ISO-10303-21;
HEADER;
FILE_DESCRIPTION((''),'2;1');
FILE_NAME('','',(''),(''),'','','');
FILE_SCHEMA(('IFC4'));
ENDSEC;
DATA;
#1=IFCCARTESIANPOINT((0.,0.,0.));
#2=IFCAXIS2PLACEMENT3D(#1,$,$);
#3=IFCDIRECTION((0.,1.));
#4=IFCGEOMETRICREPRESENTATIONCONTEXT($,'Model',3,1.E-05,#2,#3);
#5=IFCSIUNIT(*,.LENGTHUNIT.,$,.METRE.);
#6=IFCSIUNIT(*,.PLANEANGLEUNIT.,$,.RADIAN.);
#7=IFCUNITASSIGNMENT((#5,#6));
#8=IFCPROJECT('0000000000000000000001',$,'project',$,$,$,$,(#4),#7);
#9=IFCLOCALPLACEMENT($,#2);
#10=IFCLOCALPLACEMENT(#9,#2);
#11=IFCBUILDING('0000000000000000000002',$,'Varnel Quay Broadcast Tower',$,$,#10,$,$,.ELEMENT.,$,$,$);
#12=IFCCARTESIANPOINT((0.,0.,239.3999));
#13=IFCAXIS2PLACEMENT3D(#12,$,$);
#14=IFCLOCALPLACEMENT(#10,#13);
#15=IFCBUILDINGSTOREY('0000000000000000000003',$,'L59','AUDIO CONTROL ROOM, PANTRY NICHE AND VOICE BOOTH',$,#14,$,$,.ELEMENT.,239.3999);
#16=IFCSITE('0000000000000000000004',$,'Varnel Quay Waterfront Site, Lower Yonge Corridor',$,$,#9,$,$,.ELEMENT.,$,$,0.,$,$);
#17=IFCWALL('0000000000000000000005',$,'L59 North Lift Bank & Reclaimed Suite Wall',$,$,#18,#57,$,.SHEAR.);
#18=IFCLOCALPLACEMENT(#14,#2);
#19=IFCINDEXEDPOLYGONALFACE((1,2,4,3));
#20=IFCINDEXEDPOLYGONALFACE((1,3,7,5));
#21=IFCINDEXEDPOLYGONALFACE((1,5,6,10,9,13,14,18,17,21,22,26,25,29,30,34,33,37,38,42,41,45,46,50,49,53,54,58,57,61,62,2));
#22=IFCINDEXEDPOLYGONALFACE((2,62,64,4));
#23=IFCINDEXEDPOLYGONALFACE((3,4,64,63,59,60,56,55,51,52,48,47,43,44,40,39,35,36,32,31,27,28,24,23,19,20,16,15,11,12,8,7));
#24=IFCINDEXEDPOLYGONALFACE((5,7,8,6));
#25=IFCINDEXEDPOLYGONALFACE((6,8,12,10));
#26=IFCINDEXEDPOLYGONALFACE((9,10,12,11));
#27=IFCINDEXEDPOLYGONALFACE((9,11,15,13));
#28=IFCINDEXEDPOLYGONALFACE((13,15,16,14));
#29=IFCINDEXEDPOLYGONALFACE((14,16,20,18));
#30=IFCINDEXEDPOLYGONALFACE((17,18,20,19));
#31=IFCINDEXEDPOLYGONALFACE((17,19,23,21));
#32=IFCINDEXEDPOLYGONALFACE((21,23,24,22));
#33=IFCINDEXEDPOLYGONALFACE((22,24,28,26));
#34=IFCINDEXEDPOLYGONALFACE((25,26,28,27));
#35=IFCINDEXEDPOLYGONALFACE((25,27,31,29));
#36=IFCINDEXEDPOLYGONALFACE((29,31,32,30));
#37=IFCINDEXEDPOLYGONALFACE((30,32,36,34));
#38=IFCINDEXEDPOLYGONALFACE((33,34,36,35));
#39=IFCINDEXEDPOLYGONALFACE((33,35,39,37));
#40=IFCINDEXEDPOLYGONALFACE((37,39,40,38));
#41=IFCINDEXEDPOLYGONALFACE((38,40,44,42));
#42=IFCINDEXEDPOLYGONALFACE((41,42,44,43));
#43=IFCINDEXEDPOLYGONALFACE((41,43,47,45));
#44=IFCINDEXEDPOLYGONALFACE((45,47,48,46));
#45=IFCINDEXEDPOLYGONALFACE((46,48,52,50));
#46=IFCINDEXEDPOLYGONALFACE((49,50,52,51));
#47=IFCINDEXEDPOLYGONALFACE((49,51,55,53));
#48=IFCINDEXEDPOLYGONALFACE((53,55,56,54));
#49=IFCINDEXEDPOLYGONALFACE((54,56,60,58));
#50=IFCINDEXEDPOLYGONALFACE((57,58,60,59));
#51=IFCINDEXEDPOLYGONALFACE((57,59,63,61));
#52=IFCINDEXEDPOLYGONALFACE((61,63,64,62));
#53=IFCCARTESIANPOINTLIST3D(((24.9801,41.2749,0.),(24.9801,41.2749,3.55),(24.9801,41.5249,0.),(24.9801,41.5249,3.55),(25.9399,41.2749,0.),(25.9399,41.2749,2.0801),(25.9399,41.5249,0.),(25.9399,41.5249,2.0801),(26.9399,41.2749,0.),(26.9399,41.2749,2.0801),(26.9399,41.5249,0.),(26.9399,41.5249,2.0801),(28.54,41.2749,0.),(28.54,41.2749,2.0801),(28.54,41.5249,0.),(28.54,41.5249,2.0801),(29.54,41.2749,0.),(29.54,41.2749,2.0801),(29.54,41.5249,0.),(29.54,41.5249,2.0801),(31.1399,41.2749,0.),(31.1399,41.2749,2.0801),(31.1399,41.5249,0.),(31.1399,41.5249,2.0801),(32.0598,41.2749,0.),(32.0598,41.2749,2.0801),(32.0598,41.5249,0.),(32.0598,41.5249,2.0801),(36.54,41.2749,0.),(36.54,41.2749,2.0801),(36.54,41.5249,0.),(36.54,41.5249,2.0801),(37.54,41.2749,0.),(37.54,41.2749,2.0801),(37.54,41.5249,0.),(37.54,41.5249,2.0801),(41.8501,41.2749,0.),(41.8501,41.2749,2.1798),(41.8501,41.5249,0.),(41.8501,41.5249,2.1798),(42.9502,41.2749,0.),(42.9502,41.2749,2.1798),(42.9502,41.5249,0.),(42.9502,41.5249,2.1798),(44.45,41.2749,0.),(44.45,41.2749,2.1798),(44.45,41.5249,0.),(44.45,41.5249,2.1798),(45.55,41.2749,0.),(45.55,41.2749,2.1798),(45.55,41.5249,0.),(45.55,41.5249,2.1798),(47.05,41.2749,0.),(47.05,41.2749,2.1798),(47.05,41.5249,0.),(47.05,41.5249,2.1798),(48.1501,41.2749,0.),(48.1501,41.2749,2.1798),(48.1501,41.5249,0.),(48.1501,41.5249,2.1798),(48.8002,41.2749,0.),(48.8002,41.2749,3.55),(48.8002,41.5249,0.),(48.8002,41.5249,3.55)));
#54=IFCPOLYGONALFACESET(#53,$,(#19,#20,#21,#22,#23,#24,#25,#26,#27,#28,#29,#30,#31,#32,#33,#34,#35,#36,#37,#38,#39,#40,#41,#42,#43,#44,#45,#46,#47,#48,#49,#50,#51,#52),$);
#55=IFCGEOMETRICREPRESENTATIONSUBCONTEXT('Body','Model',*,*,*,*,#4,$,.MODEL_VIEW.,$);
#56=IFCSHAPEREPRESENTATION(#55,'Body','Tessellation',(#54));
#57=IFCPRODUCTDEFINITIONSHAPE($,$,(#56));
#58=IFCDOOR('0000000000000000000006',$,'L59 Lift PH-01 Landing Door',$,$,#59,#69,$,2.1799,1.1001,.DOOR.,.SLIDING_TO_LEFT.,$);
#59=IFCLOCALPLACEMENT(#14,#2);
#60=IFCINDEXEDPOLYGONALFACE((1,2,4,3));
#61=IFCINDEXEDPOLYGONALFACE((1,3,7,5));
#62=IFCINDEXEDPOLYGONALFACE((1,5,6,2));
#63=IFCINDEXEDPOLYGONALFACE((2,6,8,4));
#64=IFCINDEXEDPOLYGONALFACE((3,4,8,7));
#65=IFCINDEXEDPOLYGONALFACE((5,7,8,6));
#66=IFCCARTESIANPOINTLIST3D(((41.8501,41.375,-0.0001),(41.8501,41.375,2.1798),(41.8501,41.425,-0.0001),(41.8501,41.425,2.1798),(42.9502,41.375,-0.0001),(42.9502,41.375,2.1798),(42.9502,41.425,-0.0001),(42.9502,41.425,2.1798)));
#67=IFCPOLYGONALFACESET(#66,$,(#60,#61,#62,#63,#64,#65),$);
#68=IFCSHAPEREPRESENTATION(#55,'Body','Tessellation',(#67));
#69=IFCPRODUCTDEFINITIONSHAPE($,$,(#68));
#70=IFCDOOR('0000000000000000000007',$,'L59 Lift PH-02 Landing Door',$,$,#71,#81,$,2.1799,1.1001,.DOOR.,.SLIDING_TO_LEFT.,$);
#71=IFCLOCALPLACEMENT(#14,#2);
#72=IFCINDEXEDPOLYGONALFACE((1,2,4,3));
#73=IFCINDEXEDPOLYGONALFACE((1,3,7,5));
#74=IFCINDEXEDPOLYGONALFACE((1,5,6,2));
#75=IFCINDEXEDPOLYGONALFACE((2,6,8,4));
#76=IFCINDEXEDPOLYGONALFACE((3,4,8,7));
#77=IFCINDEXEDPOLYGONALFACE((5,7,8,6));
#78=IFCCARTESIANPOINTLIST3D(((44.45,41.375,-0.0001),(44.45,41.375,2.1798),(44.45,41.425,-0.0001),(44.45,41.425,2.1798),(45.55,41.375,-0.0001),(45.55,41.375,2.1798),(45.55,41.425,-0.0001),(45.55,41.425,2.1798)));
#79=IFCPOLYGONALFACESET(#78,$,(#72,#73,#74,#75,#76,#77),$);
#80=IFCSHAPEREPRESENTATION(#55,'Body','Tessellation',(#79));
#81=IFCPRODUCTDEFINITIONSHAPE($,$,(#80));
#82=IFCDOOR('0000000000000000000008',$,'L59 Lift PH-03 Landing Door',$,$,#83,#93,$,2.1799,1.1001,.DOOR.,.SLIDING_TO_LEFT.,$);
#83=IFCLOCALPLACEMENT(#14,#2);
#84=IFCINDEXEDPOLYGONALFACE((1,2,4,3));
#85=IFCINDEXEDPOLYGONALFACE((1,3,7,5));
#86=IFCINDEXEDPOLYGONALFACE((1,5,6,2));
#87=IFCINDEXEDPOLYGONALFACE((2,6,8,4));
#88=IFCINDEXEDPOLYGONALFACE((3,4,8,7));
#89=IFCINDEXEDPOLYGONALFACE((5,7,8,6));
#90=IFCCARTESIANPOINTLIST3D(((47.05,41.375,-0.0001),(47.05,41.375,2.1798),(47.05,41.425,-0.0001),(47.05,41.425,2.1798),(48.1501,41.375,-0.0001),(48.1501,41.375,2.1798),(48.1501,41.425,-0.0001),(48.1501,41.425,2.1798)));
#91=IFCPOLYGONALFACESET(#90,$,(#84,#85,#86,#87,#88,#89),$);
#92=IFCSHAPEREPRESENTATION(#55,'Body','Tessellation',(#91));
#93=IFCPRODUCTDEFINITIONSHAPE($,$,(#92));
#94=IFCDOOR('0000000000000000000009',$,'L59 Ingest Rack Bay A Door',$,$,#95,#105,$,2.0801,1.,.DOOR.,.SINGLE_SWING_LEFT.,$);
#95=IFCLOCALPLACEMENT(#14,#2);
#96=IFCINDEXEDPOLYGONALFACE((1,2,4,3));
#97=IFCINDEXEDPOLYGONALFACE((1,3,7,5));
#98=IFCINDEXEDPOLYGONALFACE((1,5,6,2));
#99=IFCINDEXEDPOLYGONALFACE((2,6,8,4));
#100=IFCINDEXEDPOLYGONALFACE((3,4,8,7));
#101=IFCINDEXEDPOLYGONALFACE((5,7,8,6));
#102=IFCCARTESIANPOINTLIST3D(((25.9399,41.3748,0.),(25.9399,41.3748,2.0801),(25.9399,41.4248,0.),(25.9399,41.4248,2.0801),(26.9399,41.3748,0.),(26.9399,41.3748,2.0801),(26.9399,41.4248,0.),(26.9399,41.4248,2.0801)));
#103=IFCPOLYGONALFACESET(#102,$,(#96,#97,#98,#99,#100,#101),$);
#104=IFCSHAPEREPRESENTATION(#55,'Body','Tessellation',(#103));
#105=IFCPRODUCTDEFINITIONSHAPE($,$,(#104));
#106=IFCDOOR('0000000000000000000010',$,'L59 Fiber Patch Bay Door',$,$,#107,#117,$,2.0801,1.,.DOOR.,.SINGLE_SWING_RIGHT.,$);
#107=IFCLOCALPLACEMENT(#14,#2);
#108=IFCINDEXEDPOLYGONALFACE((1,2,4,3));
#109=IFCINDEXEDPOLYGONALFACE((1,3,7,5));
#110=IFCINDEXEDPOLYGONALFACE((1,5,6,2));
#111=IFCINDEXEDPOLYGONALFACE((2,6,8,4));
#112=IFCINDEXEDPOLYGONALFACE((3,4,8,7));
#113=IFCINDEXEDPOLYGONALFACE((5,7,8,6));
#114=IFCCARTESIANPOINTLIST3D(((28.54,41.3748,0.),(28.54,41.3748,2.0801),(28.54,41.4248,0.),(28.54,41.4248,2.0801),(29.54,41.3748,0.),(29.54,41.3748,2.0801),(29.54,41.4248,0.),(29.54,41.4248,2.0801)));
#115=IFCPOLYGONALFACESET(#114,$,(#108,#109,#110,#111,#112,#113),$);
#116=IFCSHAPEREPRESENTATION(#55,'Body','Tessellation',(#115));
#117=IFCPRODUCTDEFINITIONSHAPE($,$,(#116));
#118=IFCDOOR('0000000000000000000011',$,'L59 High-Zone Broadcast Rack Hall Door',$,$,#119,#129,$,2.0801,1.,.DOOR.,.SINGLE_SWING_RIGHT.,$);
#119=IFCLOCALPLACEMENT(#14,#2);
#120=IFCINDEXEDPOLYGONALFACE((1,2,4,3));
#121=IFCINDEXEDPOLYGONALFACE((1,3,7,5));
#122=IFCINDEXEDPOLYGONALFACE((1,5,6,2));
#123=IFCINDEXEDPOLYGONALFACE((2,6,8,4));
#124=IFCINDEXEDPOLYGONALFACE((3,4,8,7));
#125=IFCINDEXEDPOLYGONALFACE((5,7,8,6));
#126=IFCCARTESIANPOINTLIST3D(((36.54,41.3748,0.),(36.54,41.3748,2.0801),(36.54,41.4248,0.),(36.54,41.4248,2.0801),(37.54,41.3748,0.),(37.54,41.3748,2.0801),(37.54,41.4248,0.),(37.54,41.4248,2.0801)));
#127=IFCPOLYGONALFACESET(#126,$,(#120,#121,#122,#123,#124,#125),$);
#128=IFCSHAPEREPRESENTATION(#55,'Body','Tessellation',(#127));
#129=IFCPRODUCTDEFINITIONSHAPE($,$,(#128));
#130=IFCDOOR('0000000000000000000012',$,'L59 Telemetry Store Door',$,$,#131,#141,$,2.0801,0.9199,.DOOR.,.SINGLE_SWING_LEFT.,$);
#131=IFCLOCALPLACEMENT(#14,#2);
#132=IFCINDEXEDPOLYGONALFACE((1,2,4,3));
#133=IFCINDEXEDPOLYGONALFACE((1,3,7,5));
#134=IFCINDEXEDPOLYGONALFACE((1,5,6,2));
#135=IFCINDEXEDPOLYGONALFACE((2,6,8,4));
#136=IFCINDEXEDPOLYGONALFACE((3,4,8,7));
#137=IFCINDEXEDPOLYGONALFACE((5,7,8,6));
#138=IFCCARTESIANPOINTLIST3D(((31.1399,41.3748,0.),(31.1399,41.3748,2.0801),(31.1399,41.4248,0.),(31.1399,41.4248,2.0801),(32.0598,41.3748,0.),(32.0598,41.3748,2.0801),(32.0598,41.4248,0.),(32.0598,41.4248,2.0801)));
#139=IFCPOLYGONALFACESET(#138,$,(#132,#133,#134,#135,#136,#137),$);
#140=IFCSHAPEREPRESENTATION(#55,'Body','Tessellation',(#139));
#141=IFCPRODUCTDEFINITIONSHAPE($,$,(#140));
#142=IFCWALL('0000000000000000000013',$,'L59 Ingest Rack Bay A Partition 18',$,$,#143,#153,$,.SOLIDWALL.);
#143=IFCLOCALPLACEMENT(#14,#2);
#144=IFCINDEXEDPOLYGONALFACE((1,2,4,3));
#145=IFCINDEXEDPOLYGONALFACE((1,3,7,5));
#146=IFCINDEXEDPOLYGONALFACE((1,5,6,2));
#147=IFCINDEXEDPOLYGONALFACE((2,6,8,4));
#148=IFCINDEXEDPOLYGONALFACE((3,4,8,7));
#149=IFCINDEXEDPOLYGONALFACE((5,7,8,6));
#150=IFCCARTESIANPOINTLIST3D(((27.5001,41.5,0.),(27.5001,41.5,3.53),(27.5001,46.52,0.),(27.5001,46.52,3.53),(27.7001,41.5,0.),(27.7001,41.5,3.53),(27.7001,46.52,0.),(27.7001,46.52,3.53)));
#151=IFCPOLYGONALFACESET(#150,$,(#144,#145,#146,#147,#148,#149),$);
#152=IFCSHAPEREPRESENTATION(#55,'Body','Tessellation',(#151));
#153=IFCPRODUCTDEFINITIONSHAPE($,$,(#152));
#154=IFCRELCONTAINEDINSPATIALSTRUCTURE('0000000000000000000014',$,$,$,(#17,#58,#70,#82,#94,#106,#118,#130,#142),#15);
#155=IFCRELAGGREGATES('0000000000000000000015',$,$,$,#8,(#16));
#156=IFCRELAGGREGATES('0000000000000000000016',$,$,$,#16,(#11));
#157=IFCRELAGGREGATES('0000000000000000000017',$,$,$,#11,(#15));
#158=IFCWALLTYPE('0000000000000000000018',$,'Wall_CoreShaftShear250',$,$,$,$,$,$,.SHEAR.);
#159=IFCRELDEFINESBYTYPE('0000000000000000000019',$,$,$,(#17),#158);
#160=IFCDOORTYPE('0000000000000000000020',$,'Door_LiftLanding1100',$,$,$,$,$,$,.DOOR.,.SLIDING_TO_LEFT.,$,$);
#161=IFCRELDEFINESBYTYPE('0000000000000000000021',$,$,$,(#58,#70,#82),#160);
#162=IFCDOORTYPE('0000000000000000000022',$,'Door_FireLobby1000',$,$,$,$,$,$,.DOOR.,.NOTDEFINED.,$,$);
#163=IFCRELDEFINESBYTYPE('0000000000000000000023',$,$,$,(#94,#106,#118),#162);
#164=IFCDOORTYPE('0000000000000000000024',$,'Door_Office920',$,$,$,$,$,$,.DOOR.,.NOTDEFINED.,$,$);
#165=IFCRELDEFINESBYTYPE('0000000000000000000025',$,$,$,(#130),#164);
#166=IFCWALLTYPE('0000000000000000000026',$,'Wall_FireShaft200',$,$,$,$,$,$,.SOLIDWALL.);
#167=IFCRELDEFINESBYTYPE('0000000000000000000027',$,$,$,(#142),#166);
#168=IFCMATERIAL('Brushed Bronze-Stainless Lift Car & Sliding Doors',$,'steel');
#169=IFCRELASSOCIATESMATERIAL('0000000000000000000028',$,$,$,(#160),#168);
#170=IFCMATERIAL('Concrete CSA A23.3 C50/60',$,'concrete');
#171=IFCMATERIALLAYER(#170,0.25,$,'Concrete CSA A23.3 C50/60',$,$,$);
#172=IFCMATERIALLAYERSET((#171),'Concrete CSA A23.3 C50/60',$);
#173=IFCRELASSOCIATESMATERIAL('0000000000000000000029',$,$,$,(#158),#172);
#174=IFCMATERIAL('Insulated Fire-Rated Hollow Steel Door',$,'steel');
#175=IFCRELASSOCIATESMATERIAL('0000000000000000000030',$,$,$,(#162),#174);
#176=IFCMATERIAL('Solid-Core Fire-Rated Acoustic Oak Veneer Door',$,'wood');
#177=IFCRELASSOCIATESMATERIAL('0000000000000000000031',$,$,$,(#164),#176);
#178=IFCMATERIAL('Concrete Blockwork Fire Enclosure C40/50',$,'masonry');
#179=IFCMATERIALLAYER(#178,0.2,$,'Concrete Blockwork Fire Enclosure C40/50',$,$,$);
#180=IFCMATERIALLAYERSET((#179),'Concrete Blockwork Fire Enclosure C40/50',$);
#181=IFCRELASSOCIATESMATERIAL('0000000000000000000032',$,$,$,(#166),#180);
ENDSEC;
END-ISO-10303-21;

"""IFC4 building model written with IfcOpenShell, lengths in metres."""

from ifc_helpers import new_model, si_unit, direction, frame, frame_2d, origin, place, context, subcontext, project, spatial, rectangle, extrude, source, transform, mapped, material, layer, layer_set, type_object, type_shapes, element, fill, save


model = new_model("IFC4")

# Units and contexts
model_context = context("Model", 3, precision=1e-05, world=origin(), true_north=direction((0.0, 1.0)))
body_context = subcontext(model_context, "Body", "Model", "MODEL_VIEW")
ifc_project = project(units=[si_unit("LENGTHUNIT", "METRE"), si_unit("PLANEANGLEUNIT", "RADIAN")], contexts=[model_context])

# Site, building, storey
site_placement = place(None, origin())
site = spatial("IfcSite", under=ifc_project, at=site_placement, Name="Varnel Quay Waterfront Site, Lower Yonge Corridor", CompositionType="ELEMENT", RefElevation=0.0)
building_placement = place(site_placement, origin())
building = spatial("IfcBuilding", under=site, at=building_placement, Name="Varnel Quay Broadcast Tower", CompositionType="ELEMENT")
storey_placement = place(building_placement, frame((0.0, 0.0, 239.3999)))
storey = spatial("IfcBuildingStorey", under=building, at=storey_placement, Name="L59", Description="AUDIO CONTROL ROOM, PANTRY NICHE AND VOICE BOOTH", CompositionType="ELEMENT", Elevation=239.3999)

# Shared definitions
ifc_material_1 = material(Name="Concrete CSA A23.3 C50/60", Category="concrete")
ifc_material_2 = material(Name="Brushed Bronze-Stainless Lift Car & Sliding Doors", Category="steel")
door_type_1 = type_object("IfcDoorType", Name="Door_LiftLanding1100", OperationType="SLIDING_TO_LEFT", PredefinedType="DOOR", material=ifc_material_2)
shared_shape_1 = source(origin(), body_context, "Body", "SweptSolid", [
    extrude(rectangle(XDim=1.1001, YDim=2.1799, at=frame_2d((0.55, 1.0898))), frame((0.0, 0.0249, 0.0), z_axis=(0.0, -1.0, 0.0), x_axis=(1.0, 0.0, 0.0)), (0.0, 0.0, 1.0), 0.05),
])
type_shapes(door_type_1, [shared_shape_1])

# Wall, openings, doors
ifc_layer_1 = layer(ifc_material_1, 0.25, Name="Concrete CSA A23.3 C50/60")
ifc_layer_set_1 = layer_set([ifc_layer_1], Name="Concrete CSA A23.3 C50/60")
wall_type_1 = type_object("IfcWallType", Name="Wall_CoreShaftShear250", PredefinedType="SHEAR", material=ifc_layer_set_1)
wall_1_placement = place(storey_placement, frame((24.98, 41.3999, 0.0), z_axis=(0.0, 0.0, 1.0), x_axis=(1.0, 0.0, 0.0)))
wall_1 = element("IfcWall", 1, at=wall_1_placement, inside=storey, type_object=wall_type_1, Name="L59 North Lift Bank & Reclaimed Suite Wall", PredefinedType="SHEAR", context=body_context, shape_type="SweptSolid", body=[
    extrude(rectangle(XDim=23.8201, YDim=0.25, at=frame_2d((11.9102, 0.0))), origin(), (0.0, 0.0, 1.0), 3.55),
])
opening_1_placement = place(wall_1_placement, frame((16.8701, 0.0, 0.0)))
opening_1 = element("IfcOpeningElement", 2, at=opening_1_placement, cuts=wall_1, PredefinedType="OPENING", context=body_context, shape_type="SweptSolid", body=[
    extrude(rectangle(XDim=1.1001, YDim=2.1799, at=frame_2d((0.55, 1.0898))), frame((0.0, 0.135, 0.0), z_axis=(0.0, -1.0, 0.0), x_axis=(1.0, 0.0, 0.0)), (0.0, 0.0, 1.0), 0.27),
])
opening_2_placement = place(wall_1_placement, frame((19.47, 0.0, 0.0)))
opening_2 = element("IfcOpeningElement", 3, at=opening_2_placement, cuts=wall_1, PredefinedType="OPENING", context=body_context, shape_type="SweptSolid", body=[
    extrude(rectangle(XDim=1.1001, YDim=2.1799, at=frame_2d((0.55, 1.0898))), frame((0.0, 0.135, 0.0), z_axis=(0.0, -1.0, 0.0), x_axis=(1.0, 0.0, 0.0)), (0.0, 0.0, 1.0), 0.27),
])
opening_3_placement = place(wall_1_placement, frame((22.0701, 0.0, 0.0)))
opening_3 = element("IfcOpeningElement", 4, at=opening_3_placement, cuts=wall_1, PredefinedType="OPENING", context=body_context, shape_type="SweptSolid", body=[
    extrude(rectangle(XDim=1.1001, YDim=2.1799, at=frame_2d((0.55, 1.0898))), frame((0.0, 0.135, 0.0), z_axis=(0.0, -1.0, 0.0), x_axis=(1.0, 0.0, 0.0)), (0.0, 0.0, 1.0), 0.27),
])
opening_4_placement = place(wall_1_placement, frame((0.96, 0.0, 0.0)))
opening_4 = element("IfcOpeningElement", 5, at=opening_4_placement, cuts=wall_1, PredefinedType="OPENING", context=body_context, shape_type="SweptSolid", body=[
    extrude(rectangle(XDim=1.0, YDim=2.0801, at=frame_2d((0.5, 1.04))), frame((0.0, 0.135, 0.0), z_axis=(0.0, -1.0, 0.0), x_axis=(1.0, 0.0, 0.0)), (0.0, 0.0, 1.0), 0.27),
])
opening_5_placement = place(wall_1_placement, frame((3.5601, 0.0, 0.0)))
opening_5 = element("IfcOpeningElement", 6, at=opening_5_placement, cuts=wall_1, PredefinedType="OPENING", context=body_context, shape_type="SweptSolid", body=[
    extrude(rectangle(XDim=1.0, YDim=2.0801, at=frame_2d((0.5, 1.04))), frame((0.0, 0.135, 0.0), z_axis=(0.0, -1.0, 0.0), x_axis=(1.0, 0.0, 0.0)), (0.0, 0.0, 1.0), 0.27),
])
opening_6_placement = place(wall_1_placement, frame((6.1599, 0.0, 0.0)))
opening_6 = element("IfcOpeningElement", 7, at=opening_6_placement, cuts=wall_1, PredefinedType="OPENING", context=body_context, shape_type="SweptSolid", body=[
    extrude(rectangle(XDim=0.9199, YDim=2.0801, at=frame_2d((0.46, 1.04))), frame((0.0, 0.135, 0.0), z_axis=(0.0, -1.0, 0.0), x_axis=(1.0, 0.0, 0.0)), (0.0, 0.0, 1.0), 0.27),
])
opening_7_placement = place(wall_1_placement, frame((11.5601, 0.0, 0.0)))
opening_7 = element("IfcOpeningElement", 8, at=opening_7_placement, cuts=wall_1, PredefinedType="OPENING", context=body_context, shape_type="SweptSolid", body=[
    extrude(rectangle(XDim=1.0, YDim=2.0801, at=frame_2d((0.5, 1.04))), frame((0.0, 0.135, 0.0), z_axis=(0.0, -1.0, 0.0), x_axis=(1.0, 0.0, 0.0)), (0.0, 0.0, 1.0), 0.27),
])
door_1_placement = place(opening_1_placement, frame((1.1001, 0.0, 0.0), z_axis=(0.0, 0.0, 1.0), x_axis=(-1.0, 0.0, 0.0)))
door_1 = element("IfcDoor", 9, at=door_1_placement, inside=storey, type_object=door_type_1, Name="L59 Lift PH-01 Landing Door", OperationType="SLIDING_TO_LEFT", OverallHeight=2.1799, OverallWidth=1.1001, PredefinedType="DOOR", context=body_context, shape_type="MappedRepresentation", body=[
    mapped(shared_shape_1, transform((0.0, 0.0, 0.0), x_axis=(1.0, 0.0, 0.0), y_axis=(0.0, 1.0, 0.0), z_axis=(0.0, 0.0, 1.0), scale=1.0)),
])
fill(opening_1, door_1)
door_2_placement = place(opening_2_placement, frame((1.1001, 0.0, 0.0), z_axis=(0.0, 0.0, 1.0), x_axis=(-1.0, 0.0, 0.0)))
door_2 = element("IfcDoor", 10, at=door_2_placement, inside=storey, type_object=door_type_1, Name="L59 Lift PH-02 Landing Door", OperationType="SLIDING_TO_LEFT", OverallHeight=2.1799, OverallWidth=1.1001, PredefinedType="DOOR", context=body_context, shape_type="MappedRepresentation", body=[
    mapped(shared_shape_1, transform((0.0, 0.0, 0.0), x_axis=(1.0, 0.0, 0.0), y_axis=(0.0, 1.0, 0.0), z_axis=(0.0, 0.0, 1.0), scale=1.0)),
])
fill(opening_2, door_2)
door_3_placement = place(opening_3_placement, frame((1.1001, 0.0, 0.0), z_axis=(0.0, 0.0, 1.0), x_axis=(-1.0, 0.0, 0.0)))
door_3 = element("IfcDoor", 11, at=door_3_placement, inside=storey, type_object=door_type_1, Name="L59 Lift PH-03 Landing Door", OperationType="SLIDING_TO_LEFT", OverallHeight=2.1799, OverallWidth=1.1001, PredefinedType="DOOR", context=body_context, shape_type="MappedRepresentation", body=[
    mapped(shared_shape_1, transform((0.0, 0.0, 0.0), x_axis=(1.0, 0.0, 0.0), y_axis=(0.0, 1.0, 0.0), z_axis=(0.0, 0.0, 1.0), scale=1.0)),
])
fill(opening_3, door_3)
ifc_material_3 = material(Name="Insulated Fire-Rated Hollow Steel Door", Category="steel")
door_type_2 = type_object("IfcDoorType", Name="Door_FireLobby1000", OperationType="NOTDEFINED", PredefinedType="DOOR", material=ifc_material_3)
shared_shape_2 = source(origin(), body_context, "Body", "SweptSolid", [
    extrude(rectangle(XDim=1.0, YDim=2.0801, at=frame_2d((0.5, 1.04))), frame((0.0, 0.0249, 0.0), z_axis=(0.0, -1.0, 0.0), x_axis=(1.0, 0.0, 0.0)), (0.0, 0.0, 1.0), 0.05),
])
type_shapes(door_type_2, [shared_shape_2])
door_4_placement = place(opening_4_placement, origin())
door_4 = element("IfcDoor", 12, at=door_4_placement, inside=storey, type_object=door_type_2, Name="L59 Ingest Rack Bay A Door", OperationType="SINGLE_SWING_LEFT", OverallHeight=2.0801, OverallWidth=1.0, PredefinedType="DOOR", context=body_context, shape_type="MappedRepresentation", body=[
    mapped(shared_shape_2, transform((0.0, 0.0, 0.0), x_axis=(1.0, 0.0, 0.0), y_axis=(0.0, 1.0, 0.0), z_axis=(0.0, 0.0, 1.0), scale=1.0)),
])
fill(opening_4, door_4)
door_5_placement = place(opening_5_placement, origin())
door_5 = element("IfcDoor", 13, at=door_5_placement, inside=storey, type_object=door_type_2, Name="L59 Fiber Patch Bay Door", OperationType="SINGLE_SWING_RIGHT", OverallHeight=2.0801, OverallWidth=1.0, PredefinedType="DOOR", context=body_context, shape_type="MappedRepresentation", body=[
    mapped(shared_shape_2, transform((0.0, 0.0, 0.0), x_axis=(1.0, 0.0, 0.0), y_axis=(0.0, 1.0, 0.0), z_axis=(0.0, 0.0, 1.0), scale=1.0)),
])
fill(opening_5, door_5)
door_6_placement = place(opening_7_placement, origin())
door_6 = element("IfcDoor", 14, at=door_6_placement, inside=storey, type_object=door_type_2, Name="L59 High-Zone Broadcast Rack Hall Door", OperationType="SINGLE_SWING_RIGHT", OverallHeight=2.0801, OverallWidth=1.0, PredefinedType="DOOR", context=body_context, shape_type="MappedRepresentation", body=[
    mapped(shared_shape_2, transform((0.0, 0.0, 0.0), x_axis=(1.0, 0.0, 0.0), y_axis=(0.0, 1.0, 0.0), z_axis=(0.0, 0.0, 1.0), scale=1.0)),
])
fill(opening_7, door_6)
ifc_material_4 = material(Name="Solid-Core Fire-Rated Acoustic Oak Veneer Door", Category="wood")
door_type_3 = type_object("IfcDoorType", Name="Door_Office920", OperationType="NOTDEFINED", PredefinedType="DOOR", material=ifc_material_4)
shared_shape_3 = source(origin(), body_context, "Body", "SweptSolid", [
    extrude(rectangle(XDim=0.9199, YDim=2.0801, at=frame_2d((0.46, 1.04))), frame((0.0, 0.0249, 0.0), z_axis=(0.0, -1.0, 0.0), x_axis=(1.0, 0.0, 0.0)), (0.0, 0.0, 1.0), 0.05),
])
type_shapes(door_type_3, [shared_shape_3])
door_7_placement = place(opening_6_placement, origin())
door_7 = element("IfcDoor", 15, at=door_7_placement, inside=storey, type_object=door_type_3, Name="L59 Telemetry Store Door", OperationType="SINGLE_SWING_LEFT", OverallHeight=2.0801, OverallWidth=0.9199, PredefinedType="DOOR", context=body_context, shape_type="MappedRepresentation", body=[
    mapped(shared_shape_3, transform((0.0, 0.0, 0.0), x_axis=(1.0, 0.0, 0.0), y_axis=(0.0, 1.0, 0.0), z_axis=(0.0, 0.0, 1.0), scale=1.0)),
])
fill(opening_6, door_7)

# Wall
ifc_material_5 = material(Name="Concrete Blockwork Fire Enclosure C40/50", Category="masonry")
ifc_layer_2 = layer(ifc_material_5, 0.2, Name="Concrete Blockwork Fire Enclosure C40/50")
ifc_layer_set_2 = layer_set([ifc_layer_2], Name="Concrete Blockwork Fire Enclosure C40/50")
wall_type_2 = type_object("IfcWallType", Name="Wall_FireShaft200", PredefinedType="SOLIDWALL", material=ifc_layer_set_2)
wall_2_placement = place(storey_placement, frame((27.6001, 41.5, 0.0), z_axis=(0.0, 0.0, 1.0), x_axis=(0.0, 1.0, 0.0)))
element("IfcWall", 16, at=wall_2_placement, inside=storey, type_object=wall_type_2, Name="L59 Ingest Rack Bay A Partition 18", PredefinedType="SOLIDWALL", context=body_context, shape_type="SweptSolid", body=[
    extrude(rectangle(XDim=5.02, YDim=0.2, at=frame_2d((2.51, 0.0))), origin(), (0.0, 0.0, 1.0), 3.53),
])

save(model, "model.ifc")
